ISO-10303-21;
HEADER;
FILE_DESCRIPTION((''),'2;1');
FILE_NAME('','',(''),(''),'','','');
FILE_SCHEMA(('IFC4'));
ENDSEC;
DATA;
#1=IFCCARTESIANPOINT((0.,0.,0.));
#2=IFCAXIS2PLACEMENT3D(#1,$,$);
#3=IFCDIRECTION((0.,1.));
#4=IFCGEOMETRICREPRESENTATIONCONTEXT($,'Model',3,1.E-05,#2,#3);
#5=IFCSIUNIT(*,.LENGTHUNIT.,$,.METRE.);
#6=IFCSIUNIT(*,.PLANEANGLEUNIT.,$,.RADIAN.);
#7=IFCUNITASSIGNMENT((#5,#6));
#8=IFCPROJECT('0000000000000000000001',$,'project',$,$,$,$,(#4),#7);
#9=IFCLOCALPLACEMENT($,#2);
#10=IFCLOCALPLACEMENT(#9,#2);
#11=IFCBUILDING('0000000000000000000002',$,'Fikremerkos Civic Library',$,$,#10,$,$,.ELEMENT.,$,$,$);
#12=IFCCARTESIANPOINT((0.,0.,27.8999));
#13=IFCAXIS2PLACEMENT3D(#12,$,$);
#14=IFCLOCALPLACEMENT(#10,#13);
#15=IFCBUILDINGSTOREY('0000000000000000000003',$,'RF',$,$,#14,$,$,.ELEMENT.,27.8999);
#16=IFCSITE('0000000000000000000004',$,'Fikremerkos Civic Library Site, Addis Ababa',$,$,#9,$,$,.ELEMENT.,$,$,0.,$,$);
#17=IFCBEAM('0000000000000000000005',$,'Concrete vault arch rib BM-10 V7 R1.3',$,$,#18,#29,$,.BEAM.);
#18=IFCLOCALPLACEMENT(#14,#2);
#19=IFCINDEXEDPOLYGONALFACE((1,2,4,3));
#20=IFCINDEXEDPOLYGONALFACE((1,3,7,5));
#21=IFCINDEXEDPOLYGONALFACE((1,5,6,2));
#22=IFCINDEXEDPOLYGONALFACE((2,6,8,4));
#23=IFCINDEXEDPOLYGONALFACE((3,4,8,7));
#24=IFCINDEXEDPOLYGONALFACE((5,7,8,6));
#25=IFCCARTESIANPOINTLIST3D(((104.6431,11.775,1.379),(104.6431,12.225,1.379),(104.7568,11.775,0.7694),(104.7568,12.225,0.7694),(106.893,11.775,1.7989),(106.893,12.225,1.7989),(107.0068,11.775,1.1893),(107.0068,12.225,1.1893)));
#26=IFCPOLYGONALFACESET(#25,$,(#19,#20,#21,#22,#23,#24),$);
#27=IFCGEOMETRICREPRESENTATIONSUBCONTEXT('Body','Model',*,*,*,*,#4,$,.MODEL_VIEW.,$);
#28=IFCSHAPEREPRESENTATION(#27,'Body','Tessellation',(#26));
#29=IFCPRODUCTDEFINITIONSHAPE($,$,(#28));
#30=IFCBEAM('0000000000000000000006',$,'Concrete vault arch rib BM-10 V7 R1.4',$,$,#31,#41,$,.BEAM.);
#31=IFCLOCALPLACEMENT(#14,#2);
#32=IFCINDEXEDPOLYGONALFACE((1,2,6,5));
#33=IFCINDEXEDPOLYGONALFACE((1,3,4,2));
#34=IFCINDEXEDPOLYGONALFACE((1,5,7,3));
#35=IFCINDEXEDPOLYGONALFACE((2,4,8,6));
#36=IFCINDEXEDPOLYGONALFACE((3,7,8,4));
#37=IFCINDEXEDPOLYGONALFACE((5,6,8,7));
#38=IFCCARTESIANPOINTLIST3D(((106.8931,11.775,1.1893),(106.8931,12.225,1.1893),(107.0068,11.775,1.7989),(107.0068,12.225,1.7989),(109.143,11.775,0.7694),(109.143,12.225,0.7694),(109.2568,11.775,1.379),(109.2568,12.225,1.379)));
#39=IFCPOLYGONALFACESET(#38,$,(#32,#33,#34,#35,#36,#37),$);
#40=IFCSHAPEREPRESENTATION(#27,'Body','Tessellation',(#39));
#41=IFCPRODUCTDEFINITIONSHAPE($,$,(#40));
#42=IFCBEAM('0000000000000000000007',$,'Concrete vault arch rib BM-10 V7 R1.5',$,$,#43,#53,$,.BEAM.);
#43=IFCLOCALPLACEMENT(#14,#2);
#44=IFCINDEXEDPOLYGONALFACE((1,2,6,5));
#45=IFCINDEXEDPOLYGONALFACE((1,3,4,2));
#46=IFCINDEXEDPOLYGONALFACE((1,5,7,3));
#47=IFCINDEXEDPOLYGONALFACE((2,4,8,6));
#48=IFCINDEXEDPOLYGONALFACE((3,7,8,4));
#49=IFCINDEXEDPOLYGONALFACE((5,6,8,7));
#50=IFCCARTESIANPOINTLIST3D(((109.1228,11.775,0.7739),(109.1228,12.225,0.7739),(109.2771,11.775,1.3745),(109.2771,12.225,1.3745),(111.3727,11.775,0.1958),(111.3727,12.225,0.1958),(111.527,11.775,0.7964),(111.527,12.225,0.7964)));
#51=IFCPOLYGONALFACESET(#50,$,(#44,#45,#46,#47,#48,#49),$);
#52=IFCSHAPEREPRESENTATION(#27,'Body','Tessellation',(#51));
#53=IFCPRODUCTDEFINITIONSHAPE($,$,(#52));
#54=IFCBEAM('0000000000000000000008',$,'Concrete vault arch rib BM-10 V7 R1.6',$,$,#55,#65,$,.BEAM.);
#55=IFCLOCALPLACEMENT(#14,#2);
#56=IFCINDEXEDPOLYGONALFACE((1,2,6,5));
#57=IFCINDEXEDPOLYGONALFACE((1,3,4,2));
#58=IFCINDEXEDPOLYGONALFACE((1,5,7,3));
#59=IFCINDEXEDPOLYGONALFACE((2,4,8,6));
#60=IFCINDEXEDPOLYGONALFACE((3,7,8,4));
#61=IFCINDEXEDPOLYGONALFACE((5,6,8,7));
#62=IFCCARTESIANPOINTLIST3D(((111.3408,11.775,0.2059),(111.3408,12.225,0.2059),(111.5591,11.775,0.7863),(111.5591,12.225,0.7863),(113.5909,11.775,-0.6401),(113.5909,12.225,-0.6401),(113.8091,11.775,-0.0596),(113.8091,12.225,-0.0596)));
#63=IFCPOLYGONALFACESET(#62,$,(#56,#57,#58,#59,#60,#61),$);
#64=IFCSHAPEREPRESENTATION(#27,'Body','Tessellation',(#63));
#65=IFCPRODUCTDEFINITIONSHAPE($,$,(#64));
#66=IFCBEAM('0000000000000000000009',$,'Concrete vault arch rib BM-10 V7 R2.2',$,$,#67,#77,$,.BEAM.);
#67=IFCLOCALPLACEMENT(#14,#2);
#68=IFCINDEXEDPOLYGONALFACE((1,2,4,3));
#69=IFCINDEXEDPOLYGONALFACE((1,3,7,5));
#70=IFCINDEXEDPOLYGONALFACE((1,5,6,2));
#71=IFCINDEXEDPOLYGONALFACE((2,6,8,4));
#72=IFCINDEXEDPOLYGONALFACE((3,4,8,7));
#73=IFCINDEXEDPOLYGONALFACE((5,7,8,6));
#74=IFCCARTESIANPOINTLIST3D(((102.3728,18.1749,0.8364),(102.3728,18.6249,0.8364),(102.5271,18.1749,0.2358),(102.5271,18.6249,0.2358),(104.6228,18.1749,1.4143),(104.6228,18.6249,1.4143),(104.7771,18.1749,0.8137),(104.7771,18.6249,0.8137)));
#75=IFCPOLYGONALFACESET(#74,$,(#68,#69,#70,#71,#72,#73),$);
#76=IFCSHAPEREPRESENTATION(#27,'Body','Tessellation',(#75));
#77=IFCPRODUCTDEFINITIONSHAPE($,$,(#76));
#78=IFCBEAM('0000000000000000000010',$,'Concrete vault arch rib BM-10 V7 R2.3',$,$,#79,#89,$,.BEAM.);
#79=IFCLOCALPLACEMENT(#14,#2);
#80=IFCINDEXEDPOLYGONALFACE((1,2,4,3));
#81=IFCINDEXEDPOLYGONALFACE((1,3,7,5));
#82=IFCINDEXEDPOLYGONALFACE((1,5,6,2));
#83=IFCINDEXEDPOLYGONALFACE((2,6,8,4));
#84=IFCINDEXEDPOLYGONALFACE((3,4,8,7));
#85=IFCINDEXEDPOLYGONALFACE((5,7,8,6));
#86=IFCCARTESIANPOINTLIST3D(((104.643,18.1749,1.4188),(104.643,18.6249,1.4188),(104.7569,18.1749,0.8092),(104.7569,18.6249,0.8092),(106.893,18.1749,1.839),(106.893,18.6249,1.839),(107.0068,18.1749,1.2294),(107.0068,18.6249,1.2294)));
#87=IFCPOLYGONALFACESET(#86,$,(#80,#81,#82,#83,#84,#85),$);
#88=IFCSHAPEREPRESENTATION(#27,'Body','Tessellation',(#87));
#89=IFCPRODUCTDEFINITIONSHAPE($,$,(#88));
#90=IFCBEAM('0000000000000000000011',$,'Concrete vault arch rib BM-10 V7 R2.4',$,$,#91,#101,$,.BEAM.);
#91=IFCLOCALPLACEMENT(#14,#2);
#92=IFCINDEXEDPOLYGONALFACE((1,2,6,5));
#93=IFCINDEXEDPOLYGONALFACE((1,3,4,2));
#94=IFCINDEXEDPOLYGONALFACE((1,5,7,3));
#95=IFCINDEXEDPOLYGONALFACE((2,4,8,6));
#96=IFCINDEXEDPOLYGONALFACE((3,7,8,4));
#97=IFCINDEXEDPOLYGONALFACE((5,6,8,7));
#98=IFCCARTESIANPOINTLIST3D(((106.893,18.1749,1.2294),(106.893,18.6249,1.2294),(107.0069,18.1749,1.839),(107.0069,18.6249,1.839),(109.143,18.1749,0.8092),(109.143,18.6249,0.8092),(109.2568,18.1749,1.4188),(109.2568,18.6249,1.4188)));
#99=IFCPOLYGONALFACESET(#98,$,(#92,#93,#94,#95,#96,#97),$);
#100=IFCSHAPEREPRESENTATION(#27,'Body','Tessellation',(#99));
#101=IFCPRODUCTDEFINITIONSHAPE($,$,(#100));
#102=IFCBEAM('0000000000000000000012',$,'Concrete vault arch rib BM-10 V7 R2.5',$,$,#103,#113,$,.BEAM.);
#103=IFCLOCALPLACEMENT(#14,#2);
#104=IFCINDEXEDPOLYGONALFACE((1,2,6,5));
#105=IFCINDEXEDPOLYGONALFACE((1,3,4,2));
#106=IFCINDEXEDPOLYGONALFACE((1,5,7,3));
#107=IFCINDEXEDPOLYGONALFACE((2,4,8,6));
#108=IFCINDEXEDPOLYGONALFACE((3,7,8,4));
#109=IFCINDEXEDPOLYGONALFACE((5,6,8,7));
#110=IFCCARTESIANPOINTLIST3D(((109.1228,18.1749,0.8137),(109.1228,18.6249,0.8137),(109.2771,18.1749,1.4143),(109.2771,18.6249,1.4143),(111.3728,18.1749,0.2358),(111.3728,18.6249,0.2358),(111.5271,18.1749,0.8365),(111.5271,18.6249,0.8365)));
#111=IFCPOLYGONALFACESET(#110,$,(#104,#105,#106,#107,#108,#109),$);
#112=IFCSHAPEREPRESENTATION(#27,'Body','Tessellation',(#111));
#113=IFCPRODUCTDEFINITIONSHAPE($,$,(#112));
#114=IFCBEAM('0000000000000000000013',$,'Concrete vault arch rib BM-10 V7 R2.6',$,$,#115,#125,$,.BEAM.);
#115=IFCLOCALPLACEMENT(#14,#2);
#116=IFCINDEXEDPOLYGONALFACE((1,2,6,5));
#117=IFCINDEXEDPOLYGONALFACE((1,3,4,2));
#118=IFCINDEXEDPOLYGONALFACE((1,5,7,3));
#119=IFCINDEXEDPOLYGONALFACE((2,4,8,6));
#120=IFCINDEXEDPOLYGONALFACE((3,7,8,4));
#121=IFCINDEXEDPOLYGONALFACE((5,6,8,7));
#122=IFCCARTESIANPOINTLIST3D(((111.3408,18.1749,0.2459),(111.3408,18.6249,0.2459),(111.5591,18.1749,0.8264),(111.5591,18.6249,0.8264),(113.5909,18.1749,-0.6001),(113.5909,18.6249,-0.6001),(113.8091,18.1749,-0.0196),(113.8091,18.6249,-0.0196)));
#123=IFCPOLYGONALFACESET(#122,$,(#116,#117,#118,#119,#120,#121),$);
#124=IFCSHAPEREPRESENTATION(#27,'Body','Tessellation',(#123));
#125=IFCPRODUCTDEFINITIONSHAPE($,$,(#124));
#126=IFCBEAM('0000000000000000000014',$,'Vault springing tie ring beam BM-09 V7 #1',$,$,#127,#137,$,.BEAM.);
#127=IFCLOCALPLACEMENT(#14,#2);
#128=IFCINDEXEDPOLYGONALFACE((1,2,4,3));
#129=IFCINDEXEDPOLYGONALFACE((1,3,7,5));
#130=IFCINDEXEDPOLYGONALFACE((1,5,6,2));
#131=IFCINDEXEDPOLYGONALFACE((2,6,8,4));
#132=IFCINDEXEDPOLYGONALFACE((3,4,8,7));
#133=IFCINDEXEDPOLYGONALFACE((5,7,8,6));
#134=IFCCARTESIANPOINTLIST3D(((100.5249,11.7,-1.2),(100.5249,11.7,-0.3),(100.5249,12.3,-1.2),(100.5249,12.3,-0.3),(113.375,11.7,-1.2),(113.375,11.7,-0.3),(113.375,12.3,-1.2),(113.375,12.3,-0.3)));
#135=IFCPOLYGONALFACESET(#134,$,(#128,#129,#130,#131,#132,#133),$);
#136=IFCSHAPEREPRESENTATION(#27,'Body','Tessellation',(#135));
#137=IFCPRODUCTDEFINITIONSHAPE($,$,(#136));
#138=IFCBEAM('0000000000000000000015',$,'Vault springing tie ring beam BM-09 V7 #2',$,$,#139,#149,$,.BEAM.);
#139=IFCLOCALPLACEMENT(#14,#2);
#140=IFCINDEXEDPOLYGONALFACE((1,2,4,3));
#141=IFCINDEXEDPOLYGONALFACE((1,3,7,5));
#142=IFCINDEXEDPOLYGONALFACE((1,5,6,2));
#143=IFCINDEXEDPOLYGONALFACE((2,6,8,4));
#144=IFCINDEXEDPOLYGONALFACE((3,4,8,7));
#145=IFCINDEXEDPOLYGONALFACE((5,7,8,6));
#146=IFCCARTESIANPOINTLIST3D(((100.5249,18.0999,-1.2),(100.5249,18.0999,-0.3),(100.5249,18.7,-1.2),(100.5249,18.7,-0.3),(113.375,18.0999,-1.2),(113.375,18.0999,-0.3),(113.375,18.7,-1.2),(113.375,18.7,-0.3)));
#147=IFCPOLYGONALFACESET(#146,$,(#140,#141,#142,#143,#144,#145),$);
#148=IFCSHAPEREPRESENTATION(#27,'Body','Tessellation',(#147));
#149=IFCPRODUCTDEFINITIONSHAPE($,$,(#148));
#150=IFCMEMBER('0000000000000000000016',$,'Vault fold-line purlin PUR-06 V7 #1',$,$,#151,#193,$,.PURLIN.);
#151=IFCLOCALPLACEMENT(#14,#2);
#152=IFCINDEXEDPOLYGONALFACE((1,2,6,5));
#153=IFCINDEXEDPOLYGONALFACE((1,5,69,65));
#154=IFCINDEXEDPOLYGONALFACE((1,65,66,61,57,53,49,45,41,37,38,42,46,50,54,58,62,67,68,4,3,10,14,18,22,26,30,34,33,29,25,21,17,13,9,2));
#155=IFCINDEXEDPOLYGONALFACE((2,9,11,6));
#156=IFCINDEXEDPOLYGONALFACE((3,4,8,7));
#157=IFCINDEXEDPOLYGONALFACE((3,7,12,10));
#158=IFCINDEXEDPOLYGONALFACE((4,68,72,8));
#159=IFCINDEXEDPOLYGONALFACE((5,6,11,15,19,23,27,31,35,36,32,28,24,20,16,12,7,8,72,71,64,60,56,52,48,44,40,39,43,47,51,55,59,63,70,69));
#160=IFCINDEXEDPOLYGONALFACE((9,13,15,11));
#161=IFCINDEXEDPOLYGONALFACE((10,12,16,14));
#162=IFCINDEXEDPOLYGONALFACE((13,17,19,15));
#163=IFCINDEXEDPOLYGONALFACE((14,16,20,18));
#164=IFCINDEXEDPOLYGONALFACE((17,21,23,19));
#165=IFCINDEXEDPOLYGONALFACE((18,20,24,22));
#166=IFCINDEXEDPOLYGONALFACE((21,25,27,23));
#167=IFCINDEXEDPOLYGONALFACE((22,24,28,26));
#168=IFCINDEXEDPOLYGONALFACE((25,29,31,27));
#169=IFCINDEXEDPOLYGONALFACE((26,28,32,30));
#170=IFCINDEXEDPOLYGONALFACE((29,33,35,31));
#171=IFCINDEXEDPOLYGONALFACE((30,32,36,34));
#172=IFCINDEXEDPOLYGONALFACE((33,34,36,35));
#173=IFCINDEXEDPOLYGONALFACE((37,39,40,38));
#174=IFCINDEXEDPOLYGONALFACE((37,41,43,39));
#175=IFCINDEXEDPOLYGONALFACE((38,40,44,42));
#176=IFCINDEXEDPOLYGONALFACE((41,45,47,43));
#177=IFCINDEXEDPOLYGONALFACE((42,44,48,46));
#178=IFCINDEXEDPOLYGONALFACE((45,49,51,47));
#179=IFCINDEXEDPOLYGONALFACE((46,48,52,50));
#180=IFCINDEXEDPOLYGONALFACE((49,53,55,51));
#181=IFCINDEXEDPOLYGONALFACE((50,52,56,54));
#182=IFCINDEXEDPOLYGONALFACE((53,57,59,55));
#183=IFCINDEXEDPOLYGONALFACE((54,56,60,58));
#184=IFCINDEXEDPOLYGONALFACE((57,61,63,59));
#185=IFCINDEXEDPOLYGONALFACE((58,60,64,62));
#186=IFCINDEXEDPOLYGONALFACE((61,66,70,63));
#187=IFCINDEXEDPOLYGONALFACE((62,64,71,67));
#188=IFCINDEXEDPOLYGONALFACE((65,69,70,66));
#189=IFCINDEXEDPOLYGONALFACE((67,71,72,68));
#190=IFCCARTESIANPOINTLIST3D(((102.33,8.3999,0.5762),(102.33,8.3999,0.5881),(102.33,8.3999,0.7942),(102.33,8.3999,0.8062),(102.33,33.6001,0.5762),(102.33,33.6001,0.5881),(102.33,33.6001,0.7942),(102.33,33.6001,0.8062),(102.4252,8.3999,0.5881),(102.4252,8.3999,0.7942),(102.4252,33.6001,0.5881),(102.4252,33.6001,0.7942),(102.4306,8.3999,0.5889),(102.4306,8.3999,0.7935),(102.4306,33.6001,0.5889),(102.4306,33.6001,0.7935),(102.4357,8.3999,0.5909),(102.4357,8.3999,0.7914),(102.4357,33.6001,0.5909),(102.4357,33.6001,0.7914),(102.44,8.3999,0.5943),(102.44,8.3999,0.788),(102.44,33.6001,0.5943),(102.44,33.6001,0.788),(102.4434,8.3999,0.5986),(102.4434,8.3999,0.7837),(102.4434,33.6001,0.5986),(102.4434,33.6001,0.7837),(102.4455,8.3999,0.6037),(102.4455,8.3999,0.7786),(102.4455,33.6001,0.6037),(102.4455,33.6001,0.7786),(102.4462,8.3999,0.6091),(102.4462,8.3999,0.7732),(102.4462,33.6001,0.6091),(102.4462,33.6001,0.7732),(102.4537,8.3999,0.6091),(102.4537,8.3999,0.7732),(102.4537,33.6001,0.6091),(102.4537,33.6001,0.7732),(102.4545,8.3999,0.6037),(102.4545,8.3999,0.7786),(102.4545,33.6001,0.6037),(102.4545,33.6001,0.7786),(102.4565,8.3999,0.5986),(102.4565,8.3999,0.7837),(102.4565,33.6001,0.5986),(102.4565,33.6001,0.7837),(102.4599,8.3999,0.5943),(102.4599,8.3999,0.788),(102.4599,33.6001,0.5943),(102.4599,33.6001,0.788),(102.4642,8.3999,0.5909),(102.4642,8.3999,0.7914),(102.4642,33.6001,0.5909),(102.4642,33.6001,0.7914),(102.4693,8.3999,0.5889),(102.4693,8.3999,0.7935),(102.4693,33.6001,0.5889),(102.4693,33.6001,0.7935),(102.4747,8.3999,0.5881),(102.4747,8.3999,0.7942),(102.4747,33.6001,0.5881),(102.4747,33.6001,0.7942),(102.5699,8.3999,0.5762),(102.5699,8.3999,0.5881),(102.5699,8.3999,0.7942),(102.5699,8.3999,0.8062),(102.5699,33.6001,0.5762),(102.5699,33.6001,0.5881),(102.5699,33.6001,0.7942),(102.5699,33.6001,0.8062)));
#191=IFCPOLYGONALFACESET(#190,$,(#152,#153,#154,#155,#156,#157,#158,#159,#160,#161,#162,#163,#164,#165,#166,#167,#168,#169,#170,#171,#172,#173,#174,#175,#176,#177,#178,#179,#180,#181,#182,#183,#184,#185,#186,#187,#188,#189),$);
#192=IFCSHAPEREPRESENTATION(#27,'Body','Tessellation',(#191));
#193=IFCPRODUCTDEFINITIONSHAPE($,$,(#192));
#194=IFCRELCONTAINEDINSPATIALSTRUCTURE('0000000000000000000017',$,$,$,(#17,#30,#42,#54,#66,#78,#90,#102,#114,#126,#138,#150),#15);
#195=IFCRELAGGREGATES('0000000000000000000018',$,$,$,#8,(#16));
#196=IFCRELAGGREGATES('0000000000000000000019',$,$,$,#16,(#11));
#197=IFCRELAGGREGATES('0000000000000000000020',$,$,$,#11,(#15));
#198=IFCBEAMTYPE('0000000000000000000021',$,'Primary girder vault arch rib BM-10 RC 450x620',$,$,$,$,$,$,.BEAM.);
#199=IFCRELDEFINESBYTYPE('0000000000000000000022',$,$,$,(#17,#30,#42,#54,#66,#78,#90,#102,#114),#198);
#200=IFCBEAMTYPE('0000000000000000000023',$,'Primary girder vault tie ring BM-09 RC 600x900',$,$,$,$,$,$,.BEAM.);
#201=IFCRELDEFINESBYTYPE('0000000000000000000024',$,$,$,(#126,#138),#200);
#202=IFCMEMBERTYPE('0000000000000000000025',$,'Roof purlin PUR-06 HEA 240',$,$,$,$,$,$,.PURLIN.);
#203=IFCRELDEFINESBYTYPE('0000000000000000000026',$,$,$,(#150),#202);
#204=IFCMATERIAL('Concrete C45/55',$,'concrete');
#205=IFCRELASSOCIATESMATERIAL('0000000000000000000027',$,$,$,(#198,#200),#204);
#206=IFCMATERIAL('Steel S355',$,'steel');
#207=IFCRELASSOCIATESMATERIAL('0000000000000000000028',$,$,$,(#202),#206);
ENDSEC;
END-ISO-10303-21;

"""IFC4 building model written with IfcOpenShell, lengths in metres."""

from ifc_helpers import new_model, si_unit, direction, frame, origin, origin_2d, place, context, subcontext, project, spatial, rectangle, i_section, extrude, material, material_profile, profile_set, type_object, element, save


model = new_model("IFC4")

# Units and contexts
model_context = context("Model", 3, precision=1e-05, world=origin(), true_north=direction((0.0, 1.0)))
body_context = subcontext(model_context, "Body", "Model", "MODEL_VIEW")
ifc_project = project(units=[si_unit("LENGTHUNIT", "METRE"), si_unit("PLANEANGLEUNIT", "RADIAN")], contexts=[model_context])

# Site, building, storey
site_placement = place(None, origin())
site = spatial("IfcSite", under=ifc_project, at=site_placement, Name="Fikremerkos Civic Library Site, Addis Ababa", CompositionType="ELEMENT", RefElevation=0.0)
building_placement = place(site_placement, origin())
building = spatial("IfcBuilding", under=site, at=building_placement, Name="Fikremerkos Civic Library", CompositionType="ELEMENT")
storey_placement = place(building_placement, frame((0.0, 0.0, 27.8999)))
storey = spatial("IfcBuildingStorey", under=building, at=storey_placement, Name="RF", CompositionType="ELEMENT", Elevation=27.8999)

# Shared definitions
ifc_material_1 = material(Name="Steel S355", Category="steel")

# Beams
ifc_material_2 = material(Name="Concrete C45/55", Category="concrete")
ifc_material_profile_1 = material_profile(ifc_material_2, rectangle(XDim=0.45, YDim=0.6201, at=origin_2d()), Name="RC 450x620")
ifc_profile_set_1 = profile_set([ifc_material_profile_1], Name="Concrete C45/55")
beam_type_1 = type_object("IfcBeamType", Name="Primary girder vault arch rib BM-10 RC 450x620", PredefinedType="BEAM", material=ifc_profile_set_1)
for number, where, z_axis, x_axis, name in (
    (1, (104.7, 12.0, 1.0742), (0.983026, 0.0, 0.183464), (0.0, 1.0, 0.0), "Concrete vault arch rib BM-10 V7 R1.3"),
    (2, (106.95, 12.0, 1.4941), (0.983026, 0.0, -0.183464), (0.0, 1.0, 0.0), "Concrete vault arch rib BM-10 V7 R1.4"),
):
    element("IfcBeam", number, at=place(storey_placement, frame(where, z_axis=z_axis, x_axis=x_axis)), inside=storey, type_object=beam_type_1, Name=name, PredefinedType="BEAM", context=body_context, shape_type="SweptSolid", body=[
        extrude(rectangle(XDim=0.45, YDim=0.6201, at=origin_2d()), origin(), (0.0, 0.0, 1.0), 2.2888),
    ])
beam_1_placement = place(storey_placement, frame((109.2, 12.0, 1.0742), z_axis=(0.968539, 0.0, -0.248861), x_axis=(0.0, 1.0, 0.0)))
element("IfcBeam", 3, at=beam_1_placement, inside=storey, type_object=beam_type_1, Name="Concrete vault arch rib BM-10 V7 R1.5", PredefinedType="BEAM", context=body_context, shape_type="SweptSolid", body=[
    extrude(rectangle(XDim=0.45, YDim=0.6201, at=origin_2d()), origin(), (0.0, 0.0, 1.0), 2.323),
])
beam_2_placement = place(storey_placement, frame((111.45, 12.0, 0.4961), z_axis=(0.936028, 0.0, -0.351925), x_axis=(0.0, 1.0, 0.0)))
element("IfcBeam", 4, at=beam_2_placement, inside=storey, type_object=beam_type_1, Name="Concrete vault arch rib BM-10 V7 R1.6", PredefinedType="BEAM", context=body_context, shape_type="SweptSolid", body=[
    extrude(rectangle(XDim=0.45, YDim=0.6201, at=origin_2d()), origin(), (0.0, 0.0, 1.0), 2.4038),
])
beam_3_placement = place(storey_placement, frame((102.45, 18.3999, 0.5361), z_axis=(0.968565, 0.0, 0.248762), x_axis=(0.0, 1.0, 0.0)))
element("IfcBeam", 5, at=beam_3_placement, inside=storey, type_object=beam_type_1, Name="Concrete vault arch rib BM-10 V7 R2.2", PredefinedType="BEAM", context=body_context, shape_type="SweptSolid", body=[
    extrude(rectangle(XDim=0.45, YDim=0.6201, at=origin_2d()), origin(), (0.0, 0.0, 1.0), 2.323),
])
for number, where, z_axis, x_axis, name in (
    (6, (104.7, 18.3999, 1.114), (0.983007, 0.0, 0.183567), (0.0, 1.0, 0.0), "Concrete vault arch rib BM-10 V7 R2.3"),
    (7, (106.95, 18.3999, 1.5342), (0.983007, 0.0, -0.183567), (0.0, 1.0, 0.0), "Concrete vault arch rib BM-10 V7 R2.4"),
):
    element("IfcBeam", number, at=place(storey_placement, frame(where, z_axis=z_axis, x_axis=x_axis)), inside=storey, type_object=beam_type_1, Name=name, PredefinedType="BEAM", context=body_context, shape_type="SweptSolid", body=[
        extrude(rectangle(XDim=0.45, YDim=0.6201, at=origin_2d()), origin(), (0.0, 0.0, 1.0), 2.2888),
    ])
beam_4_placement = place(storey_placement, frame((109.2, 18.3999, 1.114), z_axis=(0.968565, 0.0, -0.248762), x_axis=(0.0, 1.0, 0.0)))
element("IfcBeam", 8, at=beam_4_placement, inside=storey, type_object=beam_type_1, Name="Concrete vault arch rib BM-10 V7 R2.5", PredefinedType="BEAM", context=body_context, shape_type="SweptSolid", body=[
    extrude(rectangle(XDim=0.45, YDim=0.6201, at=origin_2d()), origin(), (0.0, 0.0, 1.0), 2.323),
])
beam_5_placement = place(storey_placement, frame((111.45, 18.3999, 0.5361), z_axis=(0.936028, 0.0, -0.351925), x_axis=(0.0, 1.0, 0.0)))
element("IfcBeam", 9, at=beam_5_placement, inside=storey, type_object=beam_type_1, Name="Concrete vault arch rib BM-10 V7 R2.6", PredefinedType="BEAM", context=body_context, shape_type="SweptSolid", body=[
    extrude(rectangle(XDim=0.45, YDim=0.6201, at=origin_2d()), origin(), (0.0, 0.0, 1.0), 2.4038),
])
ifc_material_profile_2 = material_profile(ifc_material_2, rectangle(XDim=0.6001, YDim=0.8999, at=origin_2d()), Name="RC 600x900")
ifc_profile_set_2 = profile_set([ifc_material_profile_2], Name="Concrete C45/55")
beam_type_2 = type_object("IfcBeamType", Name="Primary girder vault tie ring BM-09 RC 600x900", PredefinedType="BEAM", material=ifc_profile_set_2)
for number, where, z_axis, x_axis, name in (
    (10, (100.5249, 12.0, -0.75), (1.0, 0.0, 0.0), (0.0, 1.0, 0.0), "Vault springing tie ring beam BM-09 V7 #1"),
    (11, (100.5249, 18.3999, -0.75), (1.0, 0.0, 0.0), (0.0, 1.0, 0.0), "Vault springing tie ring beam BM-09 V7 #2"),
):
    element("IfcBeam", number, at=place(storey_placement, frame(where, z_axis=z_axis, x_axis=x_axis)), inside=storey, type_object=beam_type_2, Name=name, PredefinedType="BEAM", context=body_context, shape_type="SweptSolid", body=[
        extrude(rectangle(XDim=0.6001, YDim=0.8999, at=origin_2d()), origin(), (0.0, 0.0, 1.0), 12.8501),
    ])

# Member
ifc_material_profile_3 = material_profile(ifc_material_1, i_section(OverallWidth=0.24, OverallDepth=0.23, WebThickness=0.0076, FlangeThickness=0.012, FilletRadius=0.021, at=origin_2d()), Name="HEA 240")
ifc_profile_set_3 = profile_set([ifc_material_profile_3], Name="Steel S355")
member_type_1 = type_object("IfcMemberType", Name="Roof purlin PUR-06 HEA 240", PredefinedType="PURLIN", material=ifc_profile_set_3)
for number, where, z_axis, x_axis, name in (
    (12, (102.45, 8.3999, 0.6912), (0.0, 1.0, 0.0), (-1.0, 0.0, 0.0), "Vault fold-line purlin PUR-06 V7 #1"),
):
    element("IfcMember", number, at=place(storey_placement, frame(where, z_axis=z_axis, x_axis=x_axis)), inside=storey, type_object=member_type_1, Name=name, PredefinedType="PURLIN", context=body_context, shape_type="SweptSolid", body=[
        extrude(i_section(OverallWidth=0.24, OverallDepth=0.23, WebThickness=0.0076, FlangeThickness=0.012, FilletRadius=0.021, at=origin_2d()), origin(), (0.0, 0.0, 1.0), 25.2002),
    ])

save(model, "model.ifc")
